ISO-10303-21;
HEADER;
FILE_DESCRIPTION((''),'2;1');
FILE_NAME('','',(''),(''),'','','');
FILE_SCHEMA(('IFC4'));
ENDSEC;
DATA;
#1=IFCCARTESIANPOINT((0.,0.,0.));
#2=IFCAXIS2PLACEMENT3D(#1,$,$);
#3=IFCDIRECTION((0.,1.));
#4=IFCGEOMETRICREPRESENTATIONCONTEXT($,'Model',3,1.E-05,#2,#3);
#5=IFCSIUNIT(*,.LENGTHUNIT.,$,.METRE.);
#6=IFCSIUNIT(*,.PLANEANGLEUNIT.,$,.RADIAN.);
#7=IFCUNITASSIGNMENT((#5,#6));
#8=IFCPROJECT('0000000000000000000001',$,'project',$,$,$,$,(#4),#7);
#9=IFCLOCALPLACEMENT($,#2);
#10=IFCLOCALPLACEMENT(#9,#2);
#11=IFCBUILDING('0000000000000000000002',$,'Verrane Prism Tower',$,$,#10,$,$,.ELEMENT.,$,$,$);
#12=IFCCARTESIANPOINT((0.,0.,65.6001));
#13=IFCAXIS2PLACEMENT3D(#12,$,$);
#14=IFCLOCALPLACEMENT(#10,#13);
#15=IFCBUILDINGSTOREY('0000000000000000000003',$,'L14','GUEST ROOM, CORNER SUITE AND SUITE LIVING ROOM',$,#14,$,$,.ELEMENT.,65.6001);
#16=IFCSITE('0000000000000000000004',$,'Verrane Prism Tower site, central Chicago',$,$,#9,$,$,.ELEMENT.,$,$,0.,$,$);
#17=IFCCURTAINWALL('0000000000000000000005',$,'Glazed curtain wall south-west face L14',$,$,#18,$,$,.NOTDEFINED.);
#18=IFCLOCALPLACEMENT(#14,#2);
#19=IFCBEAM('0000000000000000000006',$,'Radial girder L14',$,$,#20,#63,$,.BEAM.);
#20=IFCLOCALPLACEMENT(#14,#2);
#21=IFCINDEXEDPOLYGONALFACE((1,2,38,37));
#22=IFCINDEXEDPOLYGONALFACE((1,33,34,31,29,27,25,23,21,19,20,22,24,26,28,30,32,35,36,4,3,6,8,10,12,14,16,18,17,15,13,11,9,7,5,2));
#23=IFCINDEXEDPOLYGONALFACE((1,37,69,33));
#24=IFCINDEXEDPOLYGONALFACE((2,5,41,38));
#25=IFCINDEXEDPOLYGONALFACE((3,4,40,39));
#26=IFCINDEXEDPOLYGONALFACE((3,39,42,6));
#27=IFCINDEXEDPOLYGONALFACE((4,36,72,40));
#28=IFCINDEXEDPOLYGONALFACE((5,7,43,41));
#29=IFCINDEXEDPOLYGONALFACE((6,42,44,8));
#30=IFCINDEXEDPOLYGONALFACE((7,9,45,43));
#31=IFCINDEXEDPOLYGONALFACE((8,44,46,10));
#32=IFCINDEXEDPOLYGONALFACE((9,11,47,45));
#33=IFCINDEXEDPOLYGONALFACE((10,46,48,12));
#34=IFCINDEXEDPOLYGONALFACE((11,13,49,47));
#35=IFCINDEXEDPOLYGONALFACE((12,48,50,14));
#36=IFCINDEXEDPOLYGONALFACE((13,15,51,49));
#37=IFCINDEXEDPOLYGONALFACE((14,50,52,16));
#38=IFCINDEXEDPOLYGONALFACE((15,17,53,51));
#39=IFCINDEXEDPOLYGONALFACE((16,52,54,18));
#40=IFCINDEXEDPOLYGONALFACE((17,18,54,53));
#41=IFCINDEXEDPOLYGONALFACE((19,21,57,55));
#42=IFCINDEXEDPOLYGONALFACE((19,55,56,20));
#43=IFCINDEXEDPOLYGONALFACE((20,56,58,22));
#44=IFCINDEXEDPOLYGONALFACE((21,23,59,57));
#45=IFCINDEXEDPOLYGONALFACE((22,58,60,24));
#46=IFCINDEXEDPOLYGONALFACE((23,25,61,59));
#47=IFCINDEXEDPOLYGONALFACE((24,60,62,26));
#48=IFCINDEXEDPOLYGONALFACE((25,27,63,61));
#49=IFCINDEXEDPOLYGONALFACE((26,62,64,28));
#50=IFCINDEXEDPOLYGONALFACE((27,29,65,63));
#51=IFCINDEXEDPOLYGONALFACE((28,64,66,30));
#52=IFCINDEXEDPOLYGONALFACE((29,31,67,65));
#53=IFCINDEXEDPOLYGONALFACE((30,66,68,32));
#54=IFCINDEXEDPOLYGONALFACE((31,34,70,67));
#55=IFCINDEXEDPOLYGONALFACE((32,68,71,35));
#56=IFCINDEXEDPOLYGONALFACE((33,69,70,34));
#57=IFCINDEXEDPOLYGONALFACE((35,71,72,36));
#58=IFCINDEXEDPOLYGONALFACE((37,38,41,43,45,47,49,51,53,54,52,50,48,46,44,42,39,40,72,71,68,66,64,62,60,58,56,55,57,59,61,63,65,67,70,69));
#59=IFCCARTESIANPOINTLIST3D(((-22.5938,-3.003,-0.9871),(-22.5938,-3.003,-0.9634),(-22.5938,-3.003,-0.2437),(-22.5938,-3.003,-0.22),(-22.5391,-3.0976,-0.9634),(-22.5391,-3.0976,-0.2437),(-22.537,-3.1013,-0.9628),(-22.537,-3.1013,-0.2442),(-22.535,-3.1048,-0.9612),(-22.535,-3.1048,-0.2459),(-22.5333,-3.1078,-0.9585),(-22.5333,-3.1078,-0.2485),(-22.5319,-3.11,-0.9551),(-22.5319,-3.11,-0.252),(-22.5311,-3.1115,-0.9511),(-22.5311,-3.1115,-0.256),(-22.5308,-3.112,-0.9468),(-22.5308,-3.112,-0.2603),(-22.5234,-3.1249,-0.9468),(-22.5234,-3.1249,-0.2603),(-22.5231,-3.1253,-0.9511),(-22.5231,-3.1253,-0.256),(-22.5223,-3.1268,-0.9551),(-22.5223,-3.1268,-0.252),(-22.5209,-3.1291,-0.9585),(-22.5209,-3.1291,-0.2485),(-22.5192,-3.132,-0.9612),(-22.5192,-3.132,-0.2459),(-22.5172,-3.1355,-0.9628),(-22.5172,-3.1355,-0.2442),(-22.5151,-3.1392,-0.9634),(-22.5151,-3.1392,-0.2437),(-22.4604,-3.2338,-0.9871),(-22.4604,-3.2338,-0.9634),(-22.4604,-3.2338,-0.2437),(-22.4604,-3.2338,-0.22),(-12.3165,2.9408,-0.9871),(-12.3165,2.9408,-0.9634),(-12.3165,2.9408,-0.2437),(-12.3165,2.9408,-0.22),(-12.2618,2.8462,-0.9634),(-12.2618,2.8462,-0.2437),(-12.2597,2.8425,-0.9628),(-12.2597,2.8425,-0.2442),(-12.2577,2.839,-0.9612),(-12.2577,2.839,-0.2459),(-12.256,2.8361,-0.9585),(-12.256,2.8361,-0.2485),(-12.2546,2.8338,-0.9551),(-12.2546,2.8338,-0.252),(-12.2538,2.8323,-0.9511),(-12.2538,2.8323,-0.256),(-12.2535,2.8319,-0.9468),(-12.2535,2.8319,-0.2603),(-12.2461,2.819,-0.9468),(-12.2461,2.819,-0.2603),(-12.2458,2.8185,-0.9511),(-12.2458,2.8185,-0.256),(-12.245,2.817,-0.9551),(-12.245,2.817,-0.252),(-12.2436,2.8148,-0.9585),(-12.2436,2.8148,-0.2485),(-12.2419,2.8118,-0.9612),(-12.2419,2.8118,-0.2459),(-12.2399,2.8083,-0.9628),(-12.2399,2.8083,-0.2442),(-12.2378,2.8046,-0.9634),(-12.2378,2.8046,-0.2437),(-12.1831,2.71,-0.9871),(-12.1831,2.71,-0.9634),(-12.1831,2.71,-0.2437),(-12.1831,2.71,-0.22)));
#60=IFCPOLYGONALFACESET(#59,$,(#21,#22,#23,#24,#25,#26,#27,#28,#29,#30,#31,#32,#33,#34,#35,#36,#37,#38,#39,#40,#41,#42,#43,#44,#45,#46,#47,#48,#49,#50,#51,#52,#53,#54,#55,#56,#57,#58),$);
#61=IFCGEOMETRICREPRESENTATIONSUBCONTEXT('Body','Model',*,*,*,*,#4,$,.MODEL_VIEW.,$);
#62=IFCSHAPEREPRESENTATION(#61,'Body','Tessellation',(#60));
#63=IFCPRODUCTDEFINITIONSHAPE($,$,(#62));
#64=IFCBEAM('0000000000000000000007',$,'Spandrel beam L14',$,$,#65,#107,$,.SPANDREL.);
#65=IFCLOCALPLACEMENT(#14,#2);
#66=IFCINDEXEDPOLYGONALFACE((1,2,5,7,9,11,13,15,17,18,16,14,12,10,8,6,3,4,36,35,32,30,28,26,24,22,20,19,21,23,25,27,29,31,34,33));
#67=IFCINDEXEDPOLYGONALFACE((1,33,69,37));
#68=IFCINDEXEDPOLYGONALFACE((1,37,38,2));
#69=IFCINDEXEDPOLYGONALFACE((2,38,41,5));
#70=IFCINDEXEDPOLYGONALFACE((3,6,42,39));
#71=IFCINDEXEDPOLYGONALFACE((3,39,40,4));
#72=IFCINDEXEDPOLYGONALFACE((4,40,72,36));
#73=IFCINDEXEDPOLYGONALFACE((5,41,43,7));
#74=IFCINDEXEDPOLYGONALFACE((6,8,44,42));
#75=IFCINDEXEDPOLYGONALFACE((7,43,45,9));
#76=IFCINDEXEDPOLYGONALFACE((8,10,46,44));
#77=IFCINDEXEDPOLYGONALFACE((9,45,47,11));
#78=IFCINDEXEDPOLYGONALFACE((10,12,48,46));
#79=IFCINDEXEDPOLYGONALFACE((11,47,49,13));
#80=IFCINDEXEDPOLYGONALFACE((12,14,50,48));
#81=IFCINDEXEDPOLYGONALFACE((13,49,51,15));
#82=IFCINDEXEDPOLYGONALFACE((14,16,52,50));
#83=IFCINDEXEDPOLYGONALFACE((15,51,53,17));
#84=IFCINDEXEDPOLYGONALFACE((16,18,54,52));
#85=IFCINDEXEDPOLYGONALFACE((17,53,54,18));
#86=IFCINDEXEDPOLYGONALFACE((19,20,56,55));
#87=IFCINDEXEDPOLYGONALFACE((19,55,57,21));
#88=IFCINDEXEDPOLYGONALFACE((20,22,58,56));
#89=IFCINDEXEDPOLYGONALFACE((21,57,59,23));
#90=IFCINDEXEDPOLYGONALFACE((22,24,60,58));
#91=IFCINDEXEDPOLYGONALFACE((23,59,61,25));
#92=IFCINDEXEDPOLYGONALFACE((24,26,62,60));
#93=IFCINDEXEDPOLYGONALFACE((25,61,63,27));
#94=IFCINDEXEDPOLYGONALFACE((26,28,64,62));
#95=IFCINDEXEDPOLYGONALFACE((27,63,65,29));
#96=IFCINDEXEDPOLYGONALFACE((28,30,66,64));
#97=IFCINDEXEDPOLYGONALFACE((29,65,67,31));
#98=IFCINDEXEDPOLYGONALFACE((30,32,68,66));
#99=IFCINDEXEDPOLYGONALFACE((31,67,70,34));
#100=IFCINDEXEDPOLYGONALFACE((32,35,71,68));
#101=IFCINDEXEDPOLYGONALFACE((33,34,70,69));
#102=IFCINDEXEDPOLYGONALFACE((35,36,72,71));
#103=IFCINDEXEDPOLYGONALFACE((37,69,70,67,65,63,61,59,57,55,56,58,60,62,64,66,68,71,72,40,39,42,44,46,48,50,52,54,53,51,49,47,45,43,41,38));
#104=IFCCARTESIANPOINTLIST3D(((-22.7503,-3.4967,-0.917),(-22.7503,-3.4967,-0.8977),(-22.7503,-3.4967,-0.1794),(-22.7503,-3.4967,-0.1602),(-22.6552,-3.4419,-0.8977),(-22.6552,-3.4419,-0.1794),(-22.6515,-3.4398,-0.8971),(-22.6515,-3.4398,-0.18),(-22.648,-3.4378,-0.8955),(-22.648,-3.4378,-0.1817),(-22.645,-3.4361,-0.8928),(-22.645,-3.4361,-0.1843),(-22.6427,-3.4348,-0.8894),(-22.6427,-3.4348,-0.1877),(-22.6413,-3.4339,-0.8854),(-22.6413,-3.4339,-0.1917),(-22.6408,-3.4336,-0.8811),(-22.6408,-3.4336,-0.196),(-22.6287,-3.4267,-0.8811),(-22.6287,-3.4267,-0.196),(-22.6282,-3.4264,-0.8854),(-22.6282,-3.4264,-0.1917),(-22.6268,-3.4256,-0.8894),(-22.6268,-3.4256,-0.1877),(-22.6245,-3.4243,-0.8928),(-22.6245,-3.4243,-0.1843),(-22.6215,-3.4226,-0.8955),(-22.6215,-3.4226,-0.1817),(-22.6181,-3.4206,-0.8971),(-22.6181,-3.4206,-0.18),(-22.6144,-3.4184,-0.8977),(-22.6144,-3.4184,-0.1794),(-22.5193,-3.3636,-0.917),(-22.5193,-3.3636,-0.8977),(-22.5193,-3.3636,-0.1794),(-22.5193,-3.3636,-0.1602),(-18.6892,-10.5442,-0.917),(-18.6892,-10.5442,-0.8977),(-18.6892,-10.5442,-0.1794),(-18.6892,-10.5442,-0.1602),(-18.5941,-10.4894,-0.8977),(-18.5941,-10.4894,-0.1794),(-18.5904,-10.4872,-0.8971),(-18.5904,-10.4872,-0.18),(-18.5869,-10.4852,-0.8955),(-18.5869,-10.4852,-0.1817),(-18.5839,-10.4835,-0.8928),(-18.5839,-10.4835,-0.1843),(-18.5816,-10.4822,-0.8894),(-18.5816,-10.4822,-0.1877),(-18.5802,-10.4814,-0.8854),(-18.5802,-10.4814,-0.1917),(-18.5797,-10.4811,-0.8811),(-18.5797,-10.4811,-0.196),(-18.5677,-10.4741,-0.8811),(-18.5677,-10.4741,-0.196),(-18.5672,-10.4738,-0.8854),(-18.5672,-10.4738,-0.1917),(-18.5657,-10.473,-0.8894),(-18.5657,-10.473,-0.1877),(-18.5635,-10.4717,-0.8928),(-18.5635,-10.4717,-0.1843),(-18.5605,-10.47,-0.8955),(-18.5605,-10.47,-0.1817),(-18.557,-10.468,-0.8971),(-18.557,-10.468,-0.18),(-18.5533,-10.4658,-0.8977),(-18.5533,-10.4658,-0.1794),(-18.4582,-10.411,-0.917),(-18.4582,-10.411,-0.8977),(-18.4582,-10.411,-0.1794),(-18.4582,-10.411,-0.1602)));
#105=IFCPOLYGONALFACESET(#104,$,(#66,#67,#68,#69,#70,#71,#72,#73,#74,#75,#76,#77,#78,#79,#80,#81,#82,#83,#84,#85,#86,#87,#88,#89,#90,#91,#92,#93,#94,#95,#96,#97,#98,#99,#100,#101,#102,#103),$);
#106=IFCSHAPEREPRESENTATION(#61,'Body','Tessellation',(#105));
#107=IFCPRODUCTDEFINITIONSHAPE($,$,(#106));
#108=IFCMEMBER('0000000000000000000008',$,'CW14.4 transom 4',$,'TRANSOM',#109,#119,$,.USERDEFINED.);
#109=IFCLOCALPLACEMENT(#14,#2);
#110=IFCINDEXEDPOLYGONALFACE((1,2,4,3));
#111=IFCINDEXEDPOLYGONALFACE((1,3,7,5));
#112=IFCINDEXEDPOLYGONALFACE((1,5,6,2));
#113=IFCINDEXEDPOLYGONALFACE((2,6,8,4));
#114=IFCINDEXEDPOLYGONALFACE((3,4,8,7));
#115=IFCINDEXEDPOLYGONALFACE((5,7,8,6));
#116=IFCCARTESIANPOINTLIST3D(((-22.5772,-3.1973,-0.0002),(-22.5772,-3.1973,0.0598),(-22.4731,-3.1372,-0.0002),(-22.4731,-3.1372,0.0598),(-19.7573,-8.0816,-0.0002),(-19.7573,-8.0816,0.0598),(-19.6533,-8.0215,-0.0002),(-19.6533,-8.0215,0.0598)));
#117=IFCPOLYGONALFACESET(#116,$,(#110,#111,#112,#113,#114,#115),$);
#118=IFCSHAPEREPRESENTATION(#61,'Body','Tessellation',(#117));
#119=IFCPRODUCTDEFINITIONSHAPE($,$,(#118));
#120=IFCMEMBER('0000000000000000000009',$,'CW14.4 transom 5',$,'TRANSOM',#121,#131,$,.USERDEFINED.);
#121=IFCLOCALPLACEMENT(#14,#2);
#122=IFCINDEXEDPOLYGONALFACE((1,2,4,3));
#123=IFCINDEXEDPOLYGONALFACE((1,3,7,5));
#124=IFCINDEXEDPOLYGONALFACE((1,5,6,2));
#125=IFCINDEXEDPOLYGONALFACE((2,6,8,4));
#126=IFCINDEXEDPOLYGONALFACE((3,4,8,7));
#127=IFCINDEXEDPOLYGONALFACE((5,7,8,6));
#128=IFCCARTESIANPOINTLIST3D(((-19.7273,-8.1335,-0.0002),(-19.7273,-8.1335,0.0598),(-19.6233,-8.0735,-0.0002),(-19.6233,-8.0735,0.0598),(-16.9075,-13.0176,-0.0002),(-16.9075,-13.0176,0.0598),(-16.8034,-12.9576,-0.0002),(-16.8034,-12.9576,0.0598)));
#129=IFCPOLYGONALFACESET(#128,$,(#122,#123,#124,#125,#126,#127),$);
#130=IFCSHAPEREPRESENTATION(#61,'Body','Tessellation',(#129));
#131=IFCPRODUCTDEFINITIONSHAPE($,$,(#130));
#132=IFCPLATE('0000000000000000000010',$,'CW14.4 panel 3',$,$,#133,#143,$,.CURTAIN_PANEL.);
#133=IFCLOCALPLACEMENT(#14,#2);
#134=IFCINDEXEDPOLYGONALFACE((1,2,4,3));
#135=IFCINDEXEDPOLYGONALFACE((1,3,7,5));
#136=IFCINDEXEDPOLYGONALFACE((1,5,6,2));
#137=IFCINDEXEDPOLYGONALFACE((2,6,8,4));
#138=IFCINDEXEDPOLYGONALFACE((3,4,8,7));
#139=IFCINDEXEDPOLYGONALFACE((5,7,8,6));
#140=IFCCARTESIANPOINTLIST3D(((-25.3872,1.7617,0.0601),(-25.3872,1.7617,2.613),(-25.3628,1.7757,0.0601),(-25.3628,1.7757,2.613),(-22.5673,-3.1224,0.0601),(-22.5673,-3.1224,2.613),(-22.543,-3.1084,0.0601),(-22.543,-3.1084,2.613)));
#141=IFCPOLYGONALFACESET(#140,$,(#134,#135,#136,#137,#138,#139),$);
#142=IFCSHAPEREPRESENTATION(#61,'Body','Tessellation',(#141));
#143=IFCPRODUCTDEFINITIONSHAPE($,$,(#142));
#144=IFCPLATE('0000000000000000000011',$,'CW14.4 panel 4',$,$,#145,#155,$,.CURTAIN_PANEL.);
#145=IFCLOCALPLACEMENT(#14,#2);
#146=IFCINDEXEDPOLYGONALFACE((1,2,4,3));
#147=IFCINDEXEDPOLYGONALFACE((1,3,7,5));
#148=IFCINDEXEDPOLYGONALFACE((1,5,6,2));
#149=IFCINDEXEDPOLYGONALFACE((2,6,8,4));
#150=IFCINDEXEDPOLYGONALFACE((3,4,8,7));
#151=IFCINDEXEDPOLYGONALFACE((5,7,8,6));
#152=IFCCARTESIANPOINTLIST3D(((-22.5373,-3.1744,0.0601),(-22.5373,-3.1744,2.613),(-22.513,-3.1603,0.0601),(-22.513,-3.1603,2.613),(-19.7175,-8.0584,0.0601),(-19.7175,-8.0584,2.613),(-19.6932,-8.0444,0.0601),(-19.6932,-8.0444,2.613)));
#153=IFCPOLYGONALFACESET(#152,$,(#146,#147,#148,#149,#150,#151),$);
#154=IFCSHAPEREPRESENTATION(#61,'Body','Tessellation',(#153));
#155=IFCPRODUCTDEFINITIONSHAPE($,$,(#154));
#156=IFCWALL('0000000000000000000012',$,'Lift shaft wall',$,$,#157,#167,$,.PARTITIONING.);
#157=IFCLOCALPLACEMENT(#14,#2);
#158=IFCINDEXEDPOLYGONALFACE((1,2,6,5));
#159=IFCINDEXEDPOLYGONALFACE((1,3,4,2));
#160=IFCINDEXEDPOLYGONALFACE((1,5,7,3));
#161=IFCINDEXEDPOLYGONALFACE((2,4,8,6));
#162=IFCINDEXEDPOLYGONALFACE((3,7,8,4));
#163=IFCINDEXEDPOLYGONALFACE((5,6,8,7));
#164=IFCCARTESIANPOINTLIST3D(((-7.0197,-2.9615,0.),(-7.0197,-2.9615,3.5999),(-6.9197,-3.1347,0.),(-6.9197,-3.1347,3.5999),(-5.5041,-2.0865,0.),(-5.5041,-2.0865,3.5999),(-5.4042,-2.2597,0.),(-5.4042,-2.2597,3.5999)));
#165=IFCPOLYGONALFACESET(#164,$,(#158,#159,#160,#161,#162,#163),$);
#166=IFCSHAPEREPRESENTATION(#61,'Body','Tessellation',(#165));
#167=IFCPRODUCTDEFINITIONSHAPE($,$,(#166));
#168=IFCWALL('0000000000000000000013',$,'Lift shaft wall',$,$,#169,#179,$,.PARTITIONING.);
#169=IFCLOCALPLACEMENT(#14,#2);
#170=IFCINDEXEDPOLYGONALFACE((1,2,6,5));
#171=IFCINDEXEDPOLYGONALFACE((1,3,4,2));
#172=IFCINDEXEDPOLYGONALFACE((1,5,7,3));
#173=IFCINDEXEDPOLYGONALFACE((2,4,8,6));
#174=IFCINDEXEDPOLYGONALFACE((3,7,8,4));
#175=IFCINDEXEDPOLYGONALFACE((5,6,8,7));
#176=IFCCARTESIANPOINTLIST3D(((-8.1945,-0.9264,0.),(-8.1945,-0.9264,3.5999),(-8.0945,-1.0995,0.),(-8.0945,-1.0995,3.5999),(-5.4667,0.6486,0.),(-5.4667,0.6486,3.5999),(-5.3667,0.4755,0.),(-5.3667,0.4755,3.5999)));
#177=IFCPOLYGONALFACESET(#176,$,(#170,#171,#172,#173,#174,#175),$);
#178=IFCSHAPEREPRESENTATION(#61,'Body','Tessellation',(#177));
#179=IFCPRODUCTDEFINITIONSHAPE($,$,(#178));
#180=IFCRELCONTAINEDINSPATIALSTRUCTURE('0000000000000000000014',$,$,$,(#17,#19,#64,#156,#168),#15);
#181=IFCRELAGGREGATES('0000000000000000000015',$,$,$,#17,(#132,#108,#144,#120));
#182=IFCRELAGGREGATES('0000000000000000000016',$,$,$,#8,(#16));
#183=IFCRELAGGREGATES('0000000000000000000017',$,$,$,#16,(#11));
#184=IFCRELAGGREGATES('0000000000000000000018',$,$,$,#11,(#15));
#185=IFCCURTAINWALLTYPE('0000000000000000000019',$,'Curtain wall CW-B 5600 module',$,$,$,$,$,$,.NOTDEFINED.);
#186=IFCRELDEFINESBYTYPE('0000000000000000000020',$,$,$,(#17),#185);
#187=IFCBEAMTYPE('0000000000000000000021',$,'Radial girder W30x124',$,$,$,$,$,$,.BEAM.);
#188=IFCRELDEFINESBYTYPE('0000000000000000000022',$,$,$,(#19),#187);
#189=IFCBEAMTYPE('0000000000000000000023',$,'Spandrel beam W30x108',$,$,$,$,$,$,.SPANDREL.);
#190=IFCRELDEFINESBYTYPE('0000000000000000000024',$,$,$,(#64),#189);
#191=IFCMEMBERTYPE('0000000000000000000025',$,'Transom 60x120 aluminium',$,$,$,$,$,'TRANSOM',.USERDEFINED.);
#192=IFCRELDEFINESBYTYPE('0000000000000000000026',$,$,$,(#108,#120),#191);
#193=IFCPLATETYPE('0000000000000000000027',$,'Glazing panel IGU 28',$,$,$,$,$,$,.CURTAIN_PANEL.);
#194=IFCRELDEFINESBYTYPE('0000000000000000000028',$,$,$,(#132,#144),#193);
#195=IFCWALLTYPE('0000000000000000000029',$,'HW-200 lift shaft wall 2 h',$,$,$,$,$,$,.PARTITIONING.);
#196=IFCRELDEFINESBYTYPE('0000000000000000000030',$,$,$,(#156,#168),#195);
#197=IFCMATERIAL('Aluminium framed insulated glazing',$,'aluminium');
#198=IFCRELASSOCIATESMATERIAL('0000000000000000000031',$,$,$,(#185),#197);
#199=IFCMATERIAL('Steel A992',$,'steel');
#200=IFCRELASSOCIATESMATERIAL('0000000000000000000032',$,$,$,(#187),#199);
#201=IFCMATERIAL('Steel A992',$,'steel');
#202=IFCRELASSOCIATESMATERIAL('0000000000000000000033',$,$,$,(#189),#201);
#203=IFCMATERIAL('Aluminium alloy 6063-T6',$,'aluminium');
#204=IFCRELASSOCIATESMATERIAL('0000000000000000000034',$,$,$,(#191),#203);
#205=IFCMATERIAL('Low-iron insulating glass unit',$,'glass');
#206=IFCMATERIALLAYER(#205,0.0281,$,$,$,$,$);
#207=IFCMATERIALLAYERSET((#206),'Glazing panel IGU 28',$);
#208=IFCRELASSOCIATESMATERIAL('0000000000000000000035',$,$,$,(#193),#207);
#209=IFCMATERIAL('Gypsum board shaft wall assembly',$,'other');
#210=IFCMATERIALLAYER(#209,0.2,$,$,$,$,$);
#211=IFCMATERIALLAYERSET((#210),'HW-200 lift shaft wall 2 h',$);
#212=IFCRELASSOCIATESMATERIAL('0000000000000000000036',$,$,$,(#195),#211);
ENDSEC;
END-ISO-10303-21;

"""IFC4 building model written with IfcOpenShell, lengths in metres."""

from ifc_helpers import new_model, si_unit, direction, frame, frame_2d, origin, origin_2d, place, context, subcontext, project, spatial, rectangle, i_section, extrude, material, layer, layer_set, material_profile, profile_set, type_object, element, aggregate, save


model = new_model("IFC4")

# Units and contexts
model_context = context("Model", 3, precision=1e-05, world=origin(), true_north=direction((0.0, 1.0)))
body_context = subcontext(model_context, "Body", "Model", "MODEL_VIEW")
ifc_project = project(units=[si_unit("LENGTHUNIT", "METRE"), si_unit("PLANEANGLEUNIT", "RADIAN")], contexts=[model_context])

# Site, building, storey
site_placement = place(None, origin())
site = spatial("IfcSite", under=ifc_project, at=site_placement, Name="Verrane Prism Tower site, central Chicago", CompositionType="ELEMENT", RefElevation=0.0)
building_placement = place(site_placement, origin())
building = spatial("IfcBuilding", under=site, at=building_placement, Name="Verrane Prism Tower", CompositionType="ELEMENT")
storey_placement = place(building_placement, frame((0.0, 0.0, 65.6001)))
storey = spatial("IfcBuildingStorey", under=building, at=storey_placement, Name="L14", Description="GUEST ROOM, CORNER SUITE AND SUITE LIVING ROOM", CompositionType="ELEMENT", Elevation=65.6001)

# Curtain wall
ifc_material_1 = material(Name="Aluminium framed insulated glazing", Category="aluminium")
curtain_wall_type = type_object("IfcCurtainWallType", Name="Curtain wall CW-B 5600 module", PredefinedType="NOTDEFINED", material=ifc_material_1)
curtain_wall_placement = place(storey_placement, origin())
curtain_wall = element("IfcCurtainWall", 1, at=curtain_wall_placement, inside=storey, type_object=curtain_wall_type, Name="Glazed curtain wall south-west face L14", PredefinedType="NOTDEFINED")

# Beams
ifc_material_2 = material(Name="Steel A992", Category="steel")
ifc_material_profile_1 = material_profile(ifc_material_2, i_section(OverallWidth=0.2666, OverallDepth=0.7671, WebThickness=0.0149, FlangeThickness=0.0237, FilletRadius=0.0166, at=origin_2d()), Name="W30x124")
ifc_profile_set_1 = profile_set([ifc_material_profile_1], Name="Steel A992")
beam_type_1 = type_object("IfcBeamType", Name="Radial girder W30x124", PredefinedType="BEAM", material=ifc_profile_set_1)
beam_1_placement = place(storey_placement, frame((-22.5271, -3.1184, -0.6035), z_axis=(0.865652, 0.500646, 0.0), x_axis=(-0.500646, 0.865652, 0.0)))
element("IfcBeam", 2, at=beam_1_placement, inside=storey, type_object=beam_type_1, Name="Radial girder L14", PredefinedType="BEAM", context=body_context, shape_type="SweptSolid", body=[
    extrude(i_section(OverallWidth=0.2666, OverallDepth=0.7671, WebThickness=0.0149, FlangeThickness=0.0237, FilletRadius=0.0166, at=origin_2d()), origin(), (0.0, 0.0, 1.0), 11.8723),
])
ifc_material_3 = material(Name="Steel A992", Category="steel")
ifc_material_profile_2 = material_profile(ifc_material_3, i_section(OverallWidth=0.2666, OverallDepth=0.7568, WebThickness=0.0139, FlangeThickness=0.0193, FilletRadius=0.0166, at=origin_2d()), Name="W30x108")
ifc_profile_set_2 = profile_set([ifc_material_profile_2], Name="Steel A992")
beam_type_2 = type_object("IfcBeamType", Name="Spandrel beam W30x108", PredefinedType="SPANDREL", material=ifc_profile_set_2)
beam_2_placement = place(storey_placement, frame((-22.6348, -3.4302, -0.5386), z_axis=(0.499284, -0.866438, 0.0), x_axis=(0.866438, 0.499284, 0.0)))
element("IfcBeam", 3, at=beam_2_placement, inside=storey, type_object=beam_type_2, Name="Spandrel beam L14", PredefinedType="SPANDREL", context=body_context, shape_type="SweptSolid", body=[
    extrude(i_section(OverallWidth=0.2666, OverallDepth=0.7568, WebThickness=0.0139, FlangeThickness=0.0193, FilletRadius=0.0166, at=origin_2d()), origin(), (0.0, 0.0, 1.0), 8.1338),
])

# Members
ifc_material_4 = material(Name="Aluminium alloy 6063-T6", Category="aluminium")
ifc_material_profile_3 = material_profile(ifc_material_4, rectangle(XDim=0.1201, YDim=0.0601, at=origin_2d()), Name="Transom 60x120 aluminium")
ifc_profile_set_3 = profile_set([ifc_material_profile_3], Name="Aluminium alloy 6063-T6")
member_type_1 = type_object("IfcMemberType", Name="Transom 60x120 aluminium", ElementType="TRANSOM", PredefinedType="USERDEFINED", material=ifc_profile_set_3)
member_1_placement = place(storey_placement, frame((-22.5251, -3.1672, 0.0298), z_axis=(0.499985, -0.866034, 0.0), x_axis=(0.866034, 0.499985, 0.0)))
member_1 = element("IfcMember", 4, at=member_1_placement, type_object=member_type_1, Name="CW14.4 transom 4", ObjectType="TRANSOM", PredefinedType="USERDEFINED", context=body_context, shape_type="SweptSolid", body=[
    extrude(rectangle(XDim=0.1201, YDim=0.0601, at=origin_2d()), origin(), (0.0, 0.0, 1.0), 5.6399),
])
member_2_placement = place(storey_placement, frame((-19.6753, -8.1035, 0.0298), z_axis=(0.500004, -0.866023, 0.0), x_axis=(0.866023, 0.500004, 0.0)))
member_2 = element("IfcMember", 5, at=member_2_placement, type_object=member_type_1, Name="CW14.4 transom 5", ObjectType="TRANSOM", PredefinedType="USERDEFINED", context=body_context, shape_type="SweptSolid", body=[
    extrude(rectangle(XDim=0.1201, YDim=0.0601, at=origin_2d()), origin(), (0.0, 0.0, 1.0), 5.6396),
])

# Plates
ifc_material_5 = material(Name="Low-iron insulating glass unit", Category="glass")
ifc_layer_1 = layer(ifc_material_5, 0.0281)
ifc_layer_set_1 = layer_set([ifc_layer_1], Name="Glazing panel IGU 28")
plate_type = type_object("IfcPlateType", Name="Glazing panel IGU 28", PredefinedType="CURTAIN_PANEL", material=ifc_layer_set_1)
plate_1_placement = place(storey_placement, frame((-23.9651, -0.6733, 0.0601), z_axis=(0.0, 0.0, 1.0), x_axis=(0.5, -0.866025, 0.0)))
plate_1 = element("IfcPlate", 6, at=plate_1_placement, type_object=plate_type, Name="CW14.4 panel 3", PredefinedType="CURTAIN_PANEL", context=body_context, shape_type="SweptSolid", body=[
    extrude(rectangle(XDim=5.6396, YDim=0.0281, at=origin_2d()), origin(), (0.0, 0.0, 1.0), 2.553),
])
plate_2_placement = place(storey_placement, frame((-21.1152, -5.6094, 0.0601), z_axis=(0.0, 0.0, 1.0), x_axis=(0.5, -0.866025, 0.0)))
plate_2 = element("IfcPlate", 7, at=plate_2_placement, type_object=plate_type, Name="CW14.4 panel 4", PredefinedType="CURTAIN_PANEL", context=body_context, shape_type="SweptSolid", body=[
    extrude(rectangle(XDim=5.6396, YDim=0.0281, at=origin_2d()), origin(), (0.0, 0.0, 1.0), 2.553),
])
aggregate(curtain_wall, [plate_1, member_1, plate_2, member_2])

# Walls
ifc_material_6 = material(Name="Gypsum board shaft wall assembly", Category="other")
ifc_layer_2 = layer(ifc_material_6, 0.2)
ifc_layer_set_2 = layer_set([ifc_layer_2], Name="HW-200 lift shaft wall 2 h")
wall_type_1 = type_object("IfcWallType", Name="HW-200 lift shaft wall 2 h", PredefinedType="PARTITIONING", material=ifc_layer_set_2)
wall_1_placement = place(storey_placement, frame((-6.9697, -3.0481, 0.0), z_axis=(0.0, 0.0, 1.0), x_axis=(0.866037, 0.49998, 0.0)))
element("IfcWall", 8, at=wall_1_placement, inside=storey, type_object=wall_type_1, Name="Lift shaft wall", PredefinedType="PARTITIONING", context=body_context, shape_type="SweptSolid", body=[
    extrude(rectangle(XDim=1.75, YDim=0.2, at=frame_2d((0.875, 0.0))), origin(), (0.0, 0.0, 1.0), 3.5999),
])
wall_2_placement = place(storey_placement, frame((-8.1445, -1.0129, 0.0), z_axis=(0.0, 0.0, 1.0), x_axis=(0.866016, 0.500015, 0.0)))
element("IfcWall", 9, at=wall_2_placement, inside=storey, type_object=wall_type_1, Name="Lift shaft wall", PredefinedType="PARTITIONING", context=body_context, shape_type="SweptSolid", body=[
    extrude(rectangle(XDim=3.1499, YDim=0.2, at=frame_2d((1.575, 0.0))), origin(), (0.0, 0.0, 1.0), 3.5999),
])

save(model, "model.ifc")
